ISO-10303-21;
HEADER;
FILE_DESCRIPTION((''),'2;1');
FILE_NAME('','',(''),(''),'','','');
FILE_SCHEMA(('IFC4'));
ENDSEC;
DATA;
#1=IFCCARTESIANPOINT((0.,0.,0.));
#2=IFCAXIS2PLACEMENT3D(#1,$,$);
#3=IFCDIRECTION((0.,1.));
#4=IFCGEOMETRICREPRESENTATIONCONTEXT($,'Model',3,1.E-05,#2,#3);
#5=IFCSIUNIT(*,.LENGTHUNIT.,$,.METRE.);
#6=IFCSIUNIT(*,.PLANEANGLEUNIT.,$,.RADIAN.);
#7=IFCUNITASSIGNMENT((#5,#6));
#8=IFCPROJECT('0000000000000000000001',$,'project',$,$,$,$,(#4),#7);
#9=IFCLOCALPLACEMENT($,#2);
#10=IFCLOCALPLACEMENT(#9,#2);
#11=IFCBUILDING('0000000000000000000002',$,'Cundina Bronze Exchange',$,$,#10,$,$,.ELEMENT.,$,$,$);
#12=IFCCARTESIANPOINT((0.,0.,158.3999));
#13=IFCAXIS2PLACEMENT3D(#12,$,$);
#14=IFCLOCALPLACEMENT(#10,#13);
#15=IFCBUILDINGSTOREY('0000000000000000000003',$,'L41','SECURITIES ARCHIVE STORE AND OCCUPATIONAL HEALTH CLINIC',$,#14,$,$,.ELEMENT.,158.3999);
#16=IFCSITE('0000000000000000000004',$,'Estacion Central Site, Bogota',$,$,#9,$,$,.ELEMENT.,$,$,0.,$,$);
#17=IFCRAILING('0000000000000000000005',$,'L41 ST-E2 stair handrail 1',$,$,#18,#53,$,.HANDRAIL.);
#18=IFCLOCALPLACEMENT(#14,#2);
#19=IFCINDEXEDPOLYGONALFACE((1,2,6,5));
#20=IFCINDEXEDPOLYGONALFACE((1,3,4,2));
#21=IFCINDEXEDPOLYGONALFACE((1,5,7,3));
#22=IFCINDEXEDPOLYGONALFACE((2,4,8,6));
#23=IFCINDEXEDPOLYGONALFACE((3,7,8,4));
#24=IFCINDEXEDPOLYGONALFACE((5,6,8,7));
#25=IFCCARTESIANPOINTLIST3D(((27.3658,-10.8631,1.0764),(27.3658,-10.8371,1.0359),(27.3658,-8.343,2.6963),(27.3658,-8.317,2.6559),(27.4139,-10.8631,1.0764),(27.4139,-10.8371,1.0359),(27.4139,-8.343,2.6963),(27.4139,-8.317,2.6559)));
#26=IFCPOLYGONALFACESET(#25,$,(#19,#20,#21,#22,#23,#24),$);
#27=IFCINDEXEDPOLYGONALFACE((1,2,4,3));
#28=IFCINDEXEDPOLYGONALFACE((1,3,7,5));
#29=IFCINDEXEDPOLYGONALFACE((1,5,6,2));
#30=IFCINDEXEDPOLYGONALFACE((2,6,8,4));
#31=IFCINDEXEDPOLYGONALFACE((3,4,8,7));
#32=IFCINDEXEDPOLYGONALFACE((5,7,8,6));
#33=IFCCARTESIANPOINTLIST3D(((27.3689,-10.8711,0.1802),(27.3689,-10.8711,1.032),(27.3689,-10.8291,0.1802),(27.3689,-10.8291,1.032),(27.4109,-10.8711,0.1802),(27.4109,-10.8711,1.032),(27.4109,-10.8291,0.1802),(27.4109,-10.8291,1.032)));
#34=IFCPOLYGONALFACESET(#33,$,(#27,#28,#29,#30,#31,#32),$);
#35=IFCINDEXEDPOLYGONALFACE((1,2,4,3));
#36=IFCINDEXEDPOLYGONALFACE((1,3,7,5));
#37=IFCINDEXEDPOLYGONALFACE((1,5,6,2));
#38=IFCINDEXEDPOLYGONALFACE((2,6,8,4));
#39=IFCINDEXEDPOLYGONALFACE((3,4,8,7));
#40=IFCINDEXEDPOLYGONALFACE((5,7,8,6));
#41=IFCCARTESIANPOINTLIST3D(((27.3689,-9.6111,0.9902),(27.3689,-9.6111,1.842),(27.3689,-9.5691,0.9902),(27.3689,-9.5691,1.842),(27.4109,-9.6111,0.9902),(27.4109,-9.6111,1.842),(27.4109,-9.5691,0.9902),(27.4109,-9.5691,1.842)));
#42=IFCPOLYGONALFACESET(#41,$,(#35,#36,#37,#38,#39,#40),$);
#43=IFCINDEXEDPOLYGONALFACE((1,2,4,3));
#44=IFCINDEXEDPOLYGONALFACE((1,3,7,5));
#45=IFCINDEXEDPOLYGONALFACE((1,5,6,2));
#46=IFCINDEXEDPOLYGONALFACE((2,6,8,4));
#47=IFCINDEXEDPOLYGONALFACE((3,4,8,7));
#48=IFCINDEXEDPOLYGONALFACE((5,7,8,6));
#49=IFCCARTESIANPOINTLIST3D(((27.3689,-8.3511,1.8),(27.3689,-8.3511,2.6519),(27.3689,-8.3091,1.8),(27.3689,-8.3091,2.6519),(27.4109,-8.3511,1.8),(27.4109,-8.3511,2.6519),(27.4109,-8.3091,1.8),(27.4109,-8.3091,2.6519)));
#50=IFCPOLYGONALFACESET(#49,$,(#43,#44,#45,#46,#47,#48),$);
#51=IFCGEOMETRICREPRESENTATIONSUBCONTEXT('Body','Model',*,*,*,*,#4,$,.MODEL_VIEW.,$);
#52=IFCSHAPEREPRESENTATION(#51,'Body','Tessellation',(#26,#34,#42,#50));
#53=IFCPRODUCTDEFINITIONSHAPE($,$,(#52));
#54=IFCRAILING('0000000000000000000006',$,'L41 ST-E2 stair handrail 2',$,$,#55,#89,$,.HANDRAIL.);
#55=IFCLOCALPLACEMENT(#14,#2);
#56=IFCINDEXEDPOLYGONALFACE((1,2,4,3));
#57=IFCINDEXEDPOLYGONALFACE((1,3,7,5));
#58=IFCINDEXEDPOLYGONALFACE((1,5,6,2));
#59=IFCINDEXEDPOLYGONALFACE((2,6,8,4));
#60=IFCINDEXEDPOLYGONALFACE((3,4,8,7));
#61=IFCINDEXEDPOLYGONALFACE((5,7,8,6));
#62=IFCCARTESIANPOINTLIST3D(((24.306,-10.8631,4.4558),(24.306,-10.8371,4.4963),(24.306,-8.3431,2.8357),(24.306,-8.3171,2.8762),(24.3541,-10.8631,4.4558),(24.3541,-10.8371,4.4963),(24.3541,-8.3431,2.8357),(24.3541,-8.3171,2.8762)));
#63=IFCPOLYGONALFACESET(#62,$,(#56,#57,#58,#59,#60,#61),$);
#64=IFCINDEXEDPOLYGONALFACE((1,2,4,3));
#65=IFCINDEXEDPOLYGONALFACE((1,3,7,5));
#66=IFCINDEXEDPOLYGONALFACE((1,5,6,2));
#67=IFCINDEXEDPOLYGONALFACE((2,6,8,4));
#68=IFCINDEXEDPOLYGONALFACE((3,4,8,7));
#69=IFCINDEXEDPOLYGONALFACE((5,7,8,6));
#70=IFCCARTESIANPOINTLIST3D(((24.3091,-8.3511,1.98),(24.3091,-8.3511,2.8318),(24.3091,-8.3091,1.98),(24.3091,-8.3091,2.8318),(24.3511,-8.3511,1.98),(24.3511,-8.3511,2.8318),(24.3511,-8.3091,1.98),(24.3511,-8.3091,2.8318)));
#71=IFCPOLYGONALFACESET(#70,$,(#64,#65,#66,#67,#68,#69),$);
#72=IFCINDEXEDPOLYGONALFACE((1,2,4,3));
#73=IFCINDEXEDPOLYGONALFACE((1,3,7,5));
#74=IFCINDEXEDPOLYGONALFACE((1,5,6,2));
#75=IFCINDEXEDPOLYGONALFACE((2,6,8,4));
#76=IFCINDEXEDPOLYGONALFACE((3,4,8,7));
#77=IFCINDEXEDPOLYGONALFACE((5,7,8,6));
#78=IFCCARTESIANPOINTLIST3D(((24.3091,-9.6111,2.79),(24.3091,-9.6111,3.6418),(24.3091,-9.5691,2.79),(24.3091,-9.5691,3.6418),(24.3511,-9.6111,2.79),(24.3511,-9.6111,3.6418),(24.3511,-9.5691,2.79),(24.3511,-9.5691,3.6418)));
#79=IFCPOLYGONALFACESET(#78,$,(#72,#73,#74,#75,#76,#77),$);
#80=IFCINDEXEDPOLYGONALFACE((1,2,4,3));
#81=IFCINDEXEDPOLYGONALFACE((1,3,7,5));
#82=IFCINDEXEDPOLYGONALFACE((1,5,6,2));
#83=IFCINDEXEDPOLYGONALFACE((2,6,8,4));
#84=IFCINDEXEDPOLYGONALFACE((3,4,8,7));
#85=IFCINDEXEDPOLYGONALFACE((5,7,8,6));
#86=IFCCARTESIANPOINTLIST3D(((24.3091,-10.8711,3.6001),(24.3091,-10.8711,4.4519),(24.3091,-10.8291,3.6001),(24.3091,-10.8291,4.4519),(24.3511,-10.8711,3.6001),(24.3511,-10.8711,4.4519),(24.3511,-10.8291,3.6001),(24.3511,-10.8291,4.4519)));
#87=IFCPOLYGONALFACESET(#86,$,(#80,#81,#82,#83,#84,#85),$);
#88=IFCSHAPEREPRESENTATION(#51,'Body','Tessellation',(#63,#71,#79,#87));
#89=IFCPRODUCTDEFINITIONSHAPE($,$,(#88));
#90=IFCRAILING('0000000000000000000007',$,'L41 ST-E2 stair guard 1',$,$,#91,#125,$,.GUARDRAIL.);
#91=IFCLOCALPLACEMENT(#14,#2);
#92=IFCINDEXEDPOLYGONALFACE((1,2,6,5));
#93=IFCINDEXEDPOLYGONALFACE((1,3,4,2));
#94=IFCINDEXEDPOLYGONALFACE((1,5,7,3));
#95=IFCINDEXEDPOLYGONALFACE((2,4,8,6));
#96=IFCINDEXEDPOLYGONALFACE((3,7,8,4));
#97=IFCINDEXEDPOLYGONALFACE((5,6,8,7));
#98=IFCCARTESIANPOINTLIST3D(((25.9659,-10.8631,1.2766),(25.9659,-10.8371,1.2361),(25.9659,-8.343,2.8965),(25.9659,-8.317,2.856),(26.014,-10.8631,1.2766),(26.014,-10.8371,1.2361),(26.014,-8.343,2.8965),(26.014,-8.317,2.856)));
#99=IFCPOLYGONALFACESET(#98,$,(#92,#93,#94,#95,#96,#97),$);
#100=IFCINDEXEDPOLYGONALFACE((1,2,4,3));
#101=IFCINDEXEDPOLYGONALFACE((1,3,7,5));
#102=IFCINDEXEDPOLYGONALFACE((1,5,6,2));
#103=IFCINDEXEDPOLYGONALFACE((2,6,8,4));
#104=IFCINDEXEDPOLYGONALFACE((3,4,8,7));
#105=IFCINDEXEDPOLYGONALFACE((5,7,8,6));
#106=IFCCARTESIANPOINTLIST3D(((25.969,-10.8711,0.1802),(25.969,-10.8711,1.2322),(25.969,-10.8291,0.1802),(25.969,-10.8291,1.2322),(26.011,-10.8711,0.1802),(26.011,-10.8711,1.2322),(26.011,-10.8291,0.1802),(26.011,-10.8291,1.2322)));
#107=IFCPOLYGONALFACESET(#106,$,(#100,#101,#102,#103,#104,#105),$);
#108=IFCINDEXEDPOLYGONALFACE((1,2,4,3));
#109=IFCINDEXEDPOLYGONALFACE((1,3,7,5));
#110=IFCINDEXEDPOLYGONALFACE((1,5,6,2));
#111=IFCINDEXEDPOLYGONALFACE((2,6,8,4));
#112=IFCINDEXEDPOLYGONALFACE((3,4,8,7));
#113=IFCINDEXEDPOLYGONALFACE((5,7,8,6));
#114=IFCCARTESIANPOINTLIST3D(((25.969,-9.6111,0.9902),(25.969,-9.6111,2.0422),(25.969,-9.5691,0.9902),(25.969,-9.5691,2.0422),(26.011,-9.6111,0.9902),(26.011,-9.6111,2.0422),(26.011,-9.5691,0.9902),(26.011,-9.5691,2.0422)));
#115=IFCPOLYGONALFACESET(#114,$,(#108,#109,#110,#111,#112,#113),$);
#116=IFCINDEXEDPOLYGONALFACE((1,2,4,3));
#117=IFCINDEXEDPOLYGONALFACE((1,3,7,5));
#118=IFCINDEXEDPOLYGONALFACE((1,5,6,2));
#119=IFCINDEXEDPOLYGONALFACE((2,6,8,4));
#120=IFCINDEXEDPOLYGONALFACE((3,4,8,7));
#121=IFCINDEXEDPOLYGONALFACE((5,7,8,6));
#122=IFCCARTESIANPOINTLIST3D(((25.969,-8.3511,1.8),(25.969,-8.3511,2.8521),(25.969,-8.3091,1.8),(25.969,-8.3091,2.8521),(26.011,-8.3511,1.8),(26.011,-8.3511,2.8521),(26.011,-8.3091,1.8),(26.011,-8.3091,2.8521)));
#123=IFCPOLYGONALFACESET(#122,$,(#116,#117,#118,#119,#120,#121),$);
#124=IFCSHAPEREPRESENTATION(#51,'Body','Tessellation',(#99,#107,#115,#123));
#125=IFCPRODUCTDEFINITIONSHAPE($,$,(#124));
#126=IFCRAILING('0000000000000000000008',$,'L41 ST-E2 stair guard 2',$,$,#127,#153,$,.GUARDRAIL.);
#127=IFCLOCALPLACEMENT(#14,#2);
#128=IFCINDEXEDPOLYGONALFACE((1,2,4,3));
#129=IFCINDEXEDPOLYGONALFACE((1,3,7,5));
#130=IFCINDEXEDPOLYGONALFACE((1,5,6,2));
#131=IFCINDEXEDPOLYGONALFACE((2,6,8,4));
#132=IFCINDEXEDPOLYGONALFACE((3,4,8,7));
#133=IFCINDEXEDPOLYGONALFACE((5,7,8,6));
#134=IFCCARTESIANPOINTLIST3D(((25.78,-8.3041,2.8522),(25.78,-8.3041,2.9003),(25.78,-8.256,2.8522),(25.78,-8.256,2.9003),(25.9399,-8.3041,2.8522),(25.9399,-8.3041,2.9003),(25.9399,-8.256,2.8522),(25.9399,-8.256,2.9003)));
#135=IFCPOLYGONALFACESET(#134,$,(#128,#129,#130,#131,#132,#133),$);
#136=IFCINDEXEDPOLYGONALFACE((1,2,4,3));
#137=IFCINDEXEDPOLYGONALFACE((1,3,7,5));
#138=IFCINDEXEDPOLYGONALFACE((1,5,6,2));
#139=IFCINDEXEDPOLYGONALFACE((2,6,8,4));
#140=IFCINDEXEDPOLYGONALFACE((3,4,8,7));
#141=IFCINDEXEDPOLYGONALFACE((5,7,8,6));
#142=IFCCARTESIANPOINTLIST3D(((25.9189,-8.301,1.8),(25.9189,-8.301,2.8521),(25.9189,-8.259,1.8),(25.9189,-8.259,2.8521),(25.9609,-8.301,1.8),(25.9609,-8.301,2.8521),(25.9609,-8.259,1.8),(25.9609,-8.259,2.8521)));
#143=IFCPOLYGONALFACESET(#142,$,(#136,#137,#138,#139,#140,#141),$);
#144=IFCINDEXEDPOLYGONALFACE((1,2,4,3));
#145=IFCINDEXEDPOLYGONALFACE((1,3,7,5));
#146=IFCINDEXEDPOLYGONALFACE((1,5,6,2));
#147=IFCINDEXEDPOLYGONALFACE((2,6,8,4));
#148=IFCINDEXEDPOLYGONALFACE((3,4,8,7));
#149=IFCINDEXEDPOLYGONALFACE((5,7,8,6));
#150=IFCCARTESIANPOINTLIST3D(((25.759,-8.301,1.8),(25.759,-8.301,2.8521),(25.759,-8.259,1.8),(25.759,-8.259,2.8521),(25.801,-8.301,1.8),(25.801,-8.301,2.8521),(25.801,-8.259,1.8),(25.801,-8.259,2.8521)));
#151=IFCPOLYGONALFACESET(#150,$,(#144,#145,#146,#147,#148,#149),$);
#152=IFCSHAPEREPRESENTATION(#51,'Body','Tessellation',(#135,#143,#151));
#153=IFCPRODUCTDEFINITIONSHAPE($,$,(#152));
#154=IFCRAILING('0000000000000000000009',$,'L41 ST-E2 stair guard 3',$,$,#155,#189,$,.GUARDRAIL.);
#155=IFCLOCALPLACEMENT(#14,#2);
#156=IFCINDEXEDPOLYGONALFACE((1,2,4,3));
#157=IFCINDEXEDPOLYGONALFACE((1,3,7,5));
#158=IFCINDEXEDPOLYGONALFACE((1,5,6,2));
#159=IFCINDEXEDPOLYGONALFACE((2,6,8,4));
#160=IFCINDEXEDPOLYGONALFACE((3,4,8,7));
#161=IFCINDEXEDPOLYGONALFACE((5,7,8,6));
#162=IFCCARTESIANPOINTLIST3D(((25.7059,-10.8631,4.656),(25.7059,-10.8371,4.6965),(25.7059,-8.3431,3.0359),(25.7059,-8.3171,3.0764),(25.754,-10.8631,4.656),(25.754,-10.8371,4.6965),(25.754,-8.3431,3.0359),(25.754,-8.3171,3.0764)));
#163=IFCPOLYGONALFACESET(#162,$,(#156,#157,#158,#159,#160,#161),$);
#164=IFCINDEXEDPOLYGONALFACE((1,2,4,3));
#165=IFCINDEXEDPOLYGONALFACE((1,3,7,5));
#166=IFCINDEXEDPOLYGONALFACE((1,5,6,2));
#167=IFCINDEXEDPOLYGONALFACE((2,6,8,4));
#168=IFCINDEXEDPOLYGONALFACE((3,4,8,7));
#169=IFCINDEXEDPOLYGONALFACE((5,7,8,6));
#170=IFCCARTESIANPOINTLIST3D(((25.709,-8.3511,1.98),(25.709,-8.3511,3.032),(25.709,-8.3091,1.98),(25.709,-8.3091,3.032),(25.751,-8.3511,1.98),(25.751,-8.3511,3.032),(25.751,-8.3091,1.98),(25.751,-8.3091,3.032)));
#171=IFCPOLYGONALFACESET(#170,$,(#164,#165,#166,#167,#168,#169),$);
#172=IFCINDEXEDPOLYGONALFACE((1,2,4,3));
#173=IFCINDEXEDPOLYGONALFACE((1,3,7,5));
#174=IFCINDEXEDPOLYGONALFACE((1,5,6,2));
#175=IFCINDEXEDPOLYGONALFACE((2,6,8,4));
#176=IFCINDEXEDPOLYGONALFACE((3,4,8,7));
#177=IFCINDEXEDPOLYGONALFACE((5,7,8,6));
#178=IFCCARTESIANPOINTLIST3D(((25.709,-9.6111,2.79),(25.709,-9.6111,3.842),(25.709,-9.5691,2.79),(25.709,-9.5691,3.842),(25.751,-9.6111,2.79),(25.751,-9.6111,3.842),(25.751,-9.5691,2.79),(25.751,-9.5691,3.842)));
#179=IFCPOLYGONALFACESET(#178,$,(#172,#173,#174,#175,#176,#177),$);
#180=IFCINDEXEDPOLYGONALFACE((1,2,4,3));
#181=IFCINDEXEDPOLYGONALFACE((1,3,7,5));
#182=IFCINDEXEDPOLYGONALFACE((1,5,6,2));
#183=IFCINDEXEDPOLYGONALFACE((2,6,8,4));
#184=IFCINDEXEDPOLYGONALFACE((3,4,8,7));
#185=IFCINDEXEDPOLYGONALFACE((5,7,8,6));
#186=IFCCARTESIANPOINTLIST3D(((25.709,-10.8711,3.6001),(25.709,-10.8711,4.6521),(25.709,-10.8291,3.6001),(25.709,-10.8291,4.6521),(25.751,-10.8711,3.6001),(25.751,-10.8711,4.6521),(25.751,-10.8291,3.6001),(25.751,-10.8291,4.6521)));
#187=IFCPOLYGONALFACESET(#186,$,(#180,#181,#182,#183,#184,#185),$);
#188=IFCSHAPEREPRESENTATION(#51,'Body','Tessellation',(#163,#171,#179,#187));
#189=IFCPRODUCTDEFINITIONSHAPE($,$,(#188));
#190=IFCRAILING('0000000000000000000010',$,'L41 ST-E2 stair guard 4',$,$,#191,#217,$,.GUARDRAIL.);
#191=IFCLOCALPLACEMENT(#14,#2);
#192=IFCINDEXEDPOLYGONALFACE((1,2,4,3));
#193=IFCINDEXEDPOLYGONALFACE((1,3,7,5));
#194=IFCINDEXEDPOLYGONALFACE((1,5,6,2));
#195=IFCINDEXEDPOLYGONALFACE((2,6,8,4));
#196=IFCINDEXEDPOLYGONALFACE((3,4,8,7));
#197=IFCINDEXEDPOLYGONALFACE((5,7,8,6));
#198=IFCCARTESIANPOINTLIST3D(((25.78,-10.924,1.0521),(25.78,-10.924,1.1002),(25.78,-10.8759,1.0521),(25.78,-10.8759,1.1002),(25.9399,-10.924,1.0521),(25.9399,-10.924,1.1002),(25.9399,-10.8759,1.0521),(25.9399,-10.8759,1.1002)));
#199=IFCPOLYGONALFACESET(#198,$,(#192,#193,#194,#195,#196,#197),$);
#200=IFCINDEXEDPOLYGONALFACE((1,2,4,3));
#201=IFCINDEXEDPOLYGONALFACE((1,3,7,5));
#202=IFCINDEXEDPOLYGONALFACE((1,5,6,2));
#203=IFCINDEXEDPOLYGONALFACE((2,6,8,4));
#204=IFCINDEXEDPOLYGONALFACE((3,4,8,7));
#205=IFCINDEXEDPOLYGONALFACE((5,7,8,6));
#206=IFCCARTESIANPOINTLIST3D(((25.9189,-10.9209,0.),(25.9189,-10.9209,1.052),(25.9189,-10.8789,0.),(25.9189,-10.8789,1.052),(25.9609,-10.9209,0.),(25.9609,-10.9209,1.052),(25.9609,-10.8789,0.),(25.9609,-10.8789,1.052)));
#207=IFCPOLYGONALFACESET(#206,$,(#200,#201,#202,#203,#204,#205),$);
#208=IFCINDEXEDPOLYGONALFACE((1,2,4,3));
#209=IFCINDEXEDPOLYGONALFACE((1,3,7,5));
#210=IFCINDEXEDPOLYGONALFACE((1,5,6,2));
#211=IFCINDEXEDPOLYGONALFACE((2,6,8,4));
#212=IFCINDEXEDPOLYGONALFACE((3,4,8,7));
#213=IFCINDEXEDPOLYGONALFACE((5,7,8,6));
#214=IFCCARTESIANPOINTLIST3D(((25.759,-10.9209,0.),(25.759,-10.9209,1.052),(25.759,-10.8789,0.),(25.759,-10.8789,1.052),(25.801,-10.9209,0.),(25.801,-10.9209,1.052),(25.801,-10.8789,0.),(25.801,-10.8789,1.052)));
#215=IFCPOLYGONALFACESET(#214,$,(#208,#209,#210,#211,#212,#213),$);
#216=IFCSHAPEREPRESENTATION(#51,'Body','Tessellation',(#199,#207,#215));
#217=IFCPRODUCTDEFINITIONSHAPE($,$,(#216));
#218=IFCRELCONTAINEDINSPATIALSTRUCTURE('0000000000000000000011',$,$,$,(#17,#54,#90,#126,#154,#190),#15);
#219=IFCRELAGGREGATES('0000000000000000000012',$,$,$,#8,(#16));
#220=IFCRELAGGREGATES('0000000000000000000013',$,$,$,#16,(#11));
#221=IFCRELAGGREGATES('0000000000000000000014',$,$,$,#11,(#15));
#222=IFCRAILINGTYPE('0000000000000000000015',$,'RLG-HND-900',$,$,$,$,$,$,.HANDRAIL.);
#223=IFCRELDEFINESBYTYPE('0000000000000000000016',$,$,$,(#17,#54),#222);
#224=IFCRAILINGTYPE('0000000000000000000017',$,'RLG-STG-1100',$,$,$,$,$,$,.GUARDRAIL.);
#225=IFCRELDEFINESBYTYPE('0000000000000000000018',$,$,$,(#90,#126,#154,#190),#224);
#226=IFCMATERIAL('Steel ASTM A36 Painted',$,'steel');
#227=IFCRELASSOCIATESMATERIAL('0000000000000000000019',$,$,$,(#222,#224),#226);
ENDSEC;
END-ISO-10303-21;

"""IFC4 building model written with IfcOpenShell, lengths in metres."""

from ifc_helpers import new_model, si_unit, direction, frame, origin, origin_2d, place, context, subcontext, project, spatial, rectangle, extrude, material, type_object, element, save


model = new_model("IFC4")

# Units and contexts
model_context = context("Model", 3, precision=1e-05, world=origin(), true_north=direction((0.0, 1.0)))
body_context = subcontext(model_context, "Body", "Model", "MODEL_VIEW")
ifc_project = project(units=[si_unit("LENGTHUNIT", "METRE"), si_unit("PLANEANGLEUNIT", "RADIAN")], contexts=[model_context])

# Site, building, storey
site_placement = place(None, origin())
site = spatial("IfcSite", under=ifc_project, at=site_placement, Name="Estacion Central Site, Bogota", CompositionType="ELEMENT", RefElevation=0.0)
building_placement = place(site_placement, origin())
building = spatial("IfcBuilding", under=site, at=building_placement, Name="Cundina Bronze Exchange", CompositionType="ELEMENT")
storey_placement = place(building_placement, frame((0.0, 0.0, 158.3999)))
storey = spatial("IfcBuildingStorey", under=building, at=storey_placement, Name="L41", Description="SECURITIES ARCHIVE STORE AND OCCUPATIONAL HEALTH CLINIC", CompositionType="ELEMENT", Elevation=158.3999)

# Shared definitions
ifc_material_1 = material(Name="Steel ASTM A36 Painted", Category="steel")

# Railings
railing_type_1 = type_object("IfcRailingType", Name="RLG-HND-900", PredefinedType="HANDRAIL", material=ifc_material_1)
railing_1_placement = place(storey_placement, frame((27.3899, -10.8501, 0.1802)))
element("IfcRailing", 1, at=railing_1_placement, inside=storey, type_object=railing_type_1, Name="L41 ST-E2 stair handrail 1", PredefinedType="HANDRAIL", context=body_context, shape_type="SweptSolid", body=[
    extrude(rectangle(XDim=0.0481, YDim=0.0481, at=origin_2d()), frame((0.0, 0.0, 0.876), z_axis=(0.0, 0.8412, 0.540725), x_axis=(-1.0, 0.0, 0.0)), (0.0, 0.0, 1.0), 2.9958),
    extrude(rectangle(XDim=0.042, YDim=0.042, at=origin_2d()), origin(), (0.0, 0.0, 1.0), 0.8518),
    extrude(rectangle(XDim=0.042, YDim=0.042, at=origin_2d()), frame((0.0, 1.26, 0.8101)), (0.0, 0.0, 1.0), 0.8518),
    extrude(rectangle(XDim=0.042, YDim=0.042, at=origin_2d()), frame((0.0, 2.52, 1.6199)), (0.0, 0.0, 1.0), 0.8518),
])
railing_2_placement = place(storey_placement, frame((24.3301, -8.3301, 1.98)))
element("IfcRailing", 2, at=railing_2_placement, inside=storey, type_object=railing_type_1, Name="L41 ST-E2 stair handrail 2", PredefinedType="HANDRAIL", context=body_context, shape_type="SweptSolid", body=[
    extrude(rectangle(XDim=0.0481, YDim=0.0481, at=origin_2d()), frame((0.0, 0.0, 0.876), z_axis=(0.0, -0.841163, 0.540782), x_axis=(1.0, 0.0, 0.0)), (0.0, 0.0, 1.0), 2.9958),
    extrude(rectangle(XDim=0.042, YDim=0.042, at=origin_2d()), origin(), (0.0, 0.0, 1.0), 0.8518),
    extrude(rectangle(XDim=0.042, YDim=0.042, at=origin_2d()), frame((0.0, -1.26, 0.8101)), (0.0, 0.0, 1.0), 0.8518),
    extrude(rectangle(XDim=0.042, YDim=0.042, at=origin_2d()), frame((0.0, -2.52, 1.6201)), (0.0, 0.0, 1.0), 0.8518),
])
railing_type_2 = type_object("IfcRailingType", Name="RLG-STG-1100", PredefinedType="GUARDRAIL", material=ifc_material_1)
railing_3_placement = place(storey_placement, frame((25.99, -10.8501, 0.1802)))
element("IfcRailing", 3, at=railing_3_placement, inside=storey, type_object=railing_type_2, Name="L41 ST-E2 stair guard 1", PredefinedType="GUARDRAIL", context=body_context, shape_type="SweptSolid", body=[
    extrude(rectangle(XDim=0.0481, YDim=0.0481, at=origin_2d()), frame((0.0, 0.0, 1.0762), z_axis=(0.0, 0.8412, 0.540725), x_axis=(-1.0, 0.0, 0.0)), (0.0, 0.0, 1.0), 2.9958),
    extrude(rectangle(XDim=0.042, YDim=0.042, at=origin_2d()), origin(), (0.0, 0.0, 1.0), 1.052),
    extrude(rectangle(XDim=0.042, YDim=0.042, at=origin_2d()), frame((0.0, 1.26, 0.8101)), (0.0, 0.0, 1.0), 1.052),
    extrude(rectangle(XDim=0.042, YDim=0.042, at=origin_2d()), frame((0.0, 2.52, 1.6199)), (0.0, 0.0, 1.0), 1.052),
])
railing_4_placement = place(storey_placement, frame((25.9399, -8.28, 1.8)))
element("IfcRailing", 4, at=railing_4_placement, inside=storey, type_object=railing_type_2, Name="L41 ST-E2 stair guard 2", PredefinedType="GUARDRAIL", context=body_context, shape_type="SweptSolid", body=[
    extrude(rectangle(XDim=0.0481, YDim=0.0481, at=origin_2d()), frame((0.0, 0.0, 1.0762), z_axis=(-1.0, 0.0, 0.0), x_axis=(0.0, -1.0, 0.0)), (0.0, 0.0, 1.0), 0.1599),
    extrude(rectangle(XDim=0.042, YDim=0.042, at=origin_2d()), origin(), (0.0, 0.0, 1.0), 1.052),
    extrude(rectangle(XDim=0.042, YDim=0.042, at=origin_2d()), frame((-0.1599, 0.0, 0.0)), (0.0, 0.0, 1.0), 1.052),
])
railing_5_placement = place(storey_placement, frame((25.73, -8.3301, 1.98)))
element("IfcRailing", 5, at=railing_5_placement, inside=storey, type_object=railing_type_2, Name="L41 ST-E2 stair guard 3", PredefinedType="GUARDRAIL", context=body_context, shape_type="SweptSolid", body=[
    extrude(rectangle(XDim=0.0481, YDim=0.0481, at=origin_2d()), frame((0.0, 0.0, 1.0762), z_axis=(0.0, -0.841163, 0.540782), x_axis=(1.0, 0.0, 0.0)), (0.0, 0.0, 1.0), 2.9958),
    extrude(rectangle(XDim=0.042, YDim=0.042, at=origin_2d()), origin(), (0.0, 0.0, 1.0), 1.052),
    extrude(rectangle(XDim=0.042, YDim=0.042, at=origin_2d()), frame((0.0, -1.26, 0.8101)), (0.0, 0.0, 1.0), 1.052),
    extrude(rectangle(XDim=0.042, YDim=0.042, at=origin_2d()), frame((0.0, -2.52, 1.6201)), (0.0, 0.0, 1.0), 1.052),
])
railing_6_placement = place(storey_placement, frame((25.9399, -10.8999, 0.0)))
element("IfcRailing", 6, at=railing_6_placement, inside=storey, type_object=railing_type_2, Name="L41 ST-E2 stair guard 4", PredefinedType="GUARDRAIL", context=body_context, shape_type="SweptSolid", body=[
    extrude(rectangle(XDim=0.0481, YDim=0.0481, at=origin_2d()), frame((0.0, 0.0, 1.0762), z_axis=(-1.0, 0.0, 0.0), x_axis=(0.0, -1.0, 0.0)), (0.0, 0.0, 1.0), 0.1599),
    extrude(rectangle(XDim=0.042, YDim=0.042, at=origin_2d()), origin(), (0.0, 0.0, 1.0), 1.052),
    extrude(rectangle(XDim=0.042, YDim=0.042, at=origin_2d()), frame((-0.1599, 0.0, 0.0)), (0.0, 0.0, 1.0), 1.052),
])

save(model, "model.ifc")
